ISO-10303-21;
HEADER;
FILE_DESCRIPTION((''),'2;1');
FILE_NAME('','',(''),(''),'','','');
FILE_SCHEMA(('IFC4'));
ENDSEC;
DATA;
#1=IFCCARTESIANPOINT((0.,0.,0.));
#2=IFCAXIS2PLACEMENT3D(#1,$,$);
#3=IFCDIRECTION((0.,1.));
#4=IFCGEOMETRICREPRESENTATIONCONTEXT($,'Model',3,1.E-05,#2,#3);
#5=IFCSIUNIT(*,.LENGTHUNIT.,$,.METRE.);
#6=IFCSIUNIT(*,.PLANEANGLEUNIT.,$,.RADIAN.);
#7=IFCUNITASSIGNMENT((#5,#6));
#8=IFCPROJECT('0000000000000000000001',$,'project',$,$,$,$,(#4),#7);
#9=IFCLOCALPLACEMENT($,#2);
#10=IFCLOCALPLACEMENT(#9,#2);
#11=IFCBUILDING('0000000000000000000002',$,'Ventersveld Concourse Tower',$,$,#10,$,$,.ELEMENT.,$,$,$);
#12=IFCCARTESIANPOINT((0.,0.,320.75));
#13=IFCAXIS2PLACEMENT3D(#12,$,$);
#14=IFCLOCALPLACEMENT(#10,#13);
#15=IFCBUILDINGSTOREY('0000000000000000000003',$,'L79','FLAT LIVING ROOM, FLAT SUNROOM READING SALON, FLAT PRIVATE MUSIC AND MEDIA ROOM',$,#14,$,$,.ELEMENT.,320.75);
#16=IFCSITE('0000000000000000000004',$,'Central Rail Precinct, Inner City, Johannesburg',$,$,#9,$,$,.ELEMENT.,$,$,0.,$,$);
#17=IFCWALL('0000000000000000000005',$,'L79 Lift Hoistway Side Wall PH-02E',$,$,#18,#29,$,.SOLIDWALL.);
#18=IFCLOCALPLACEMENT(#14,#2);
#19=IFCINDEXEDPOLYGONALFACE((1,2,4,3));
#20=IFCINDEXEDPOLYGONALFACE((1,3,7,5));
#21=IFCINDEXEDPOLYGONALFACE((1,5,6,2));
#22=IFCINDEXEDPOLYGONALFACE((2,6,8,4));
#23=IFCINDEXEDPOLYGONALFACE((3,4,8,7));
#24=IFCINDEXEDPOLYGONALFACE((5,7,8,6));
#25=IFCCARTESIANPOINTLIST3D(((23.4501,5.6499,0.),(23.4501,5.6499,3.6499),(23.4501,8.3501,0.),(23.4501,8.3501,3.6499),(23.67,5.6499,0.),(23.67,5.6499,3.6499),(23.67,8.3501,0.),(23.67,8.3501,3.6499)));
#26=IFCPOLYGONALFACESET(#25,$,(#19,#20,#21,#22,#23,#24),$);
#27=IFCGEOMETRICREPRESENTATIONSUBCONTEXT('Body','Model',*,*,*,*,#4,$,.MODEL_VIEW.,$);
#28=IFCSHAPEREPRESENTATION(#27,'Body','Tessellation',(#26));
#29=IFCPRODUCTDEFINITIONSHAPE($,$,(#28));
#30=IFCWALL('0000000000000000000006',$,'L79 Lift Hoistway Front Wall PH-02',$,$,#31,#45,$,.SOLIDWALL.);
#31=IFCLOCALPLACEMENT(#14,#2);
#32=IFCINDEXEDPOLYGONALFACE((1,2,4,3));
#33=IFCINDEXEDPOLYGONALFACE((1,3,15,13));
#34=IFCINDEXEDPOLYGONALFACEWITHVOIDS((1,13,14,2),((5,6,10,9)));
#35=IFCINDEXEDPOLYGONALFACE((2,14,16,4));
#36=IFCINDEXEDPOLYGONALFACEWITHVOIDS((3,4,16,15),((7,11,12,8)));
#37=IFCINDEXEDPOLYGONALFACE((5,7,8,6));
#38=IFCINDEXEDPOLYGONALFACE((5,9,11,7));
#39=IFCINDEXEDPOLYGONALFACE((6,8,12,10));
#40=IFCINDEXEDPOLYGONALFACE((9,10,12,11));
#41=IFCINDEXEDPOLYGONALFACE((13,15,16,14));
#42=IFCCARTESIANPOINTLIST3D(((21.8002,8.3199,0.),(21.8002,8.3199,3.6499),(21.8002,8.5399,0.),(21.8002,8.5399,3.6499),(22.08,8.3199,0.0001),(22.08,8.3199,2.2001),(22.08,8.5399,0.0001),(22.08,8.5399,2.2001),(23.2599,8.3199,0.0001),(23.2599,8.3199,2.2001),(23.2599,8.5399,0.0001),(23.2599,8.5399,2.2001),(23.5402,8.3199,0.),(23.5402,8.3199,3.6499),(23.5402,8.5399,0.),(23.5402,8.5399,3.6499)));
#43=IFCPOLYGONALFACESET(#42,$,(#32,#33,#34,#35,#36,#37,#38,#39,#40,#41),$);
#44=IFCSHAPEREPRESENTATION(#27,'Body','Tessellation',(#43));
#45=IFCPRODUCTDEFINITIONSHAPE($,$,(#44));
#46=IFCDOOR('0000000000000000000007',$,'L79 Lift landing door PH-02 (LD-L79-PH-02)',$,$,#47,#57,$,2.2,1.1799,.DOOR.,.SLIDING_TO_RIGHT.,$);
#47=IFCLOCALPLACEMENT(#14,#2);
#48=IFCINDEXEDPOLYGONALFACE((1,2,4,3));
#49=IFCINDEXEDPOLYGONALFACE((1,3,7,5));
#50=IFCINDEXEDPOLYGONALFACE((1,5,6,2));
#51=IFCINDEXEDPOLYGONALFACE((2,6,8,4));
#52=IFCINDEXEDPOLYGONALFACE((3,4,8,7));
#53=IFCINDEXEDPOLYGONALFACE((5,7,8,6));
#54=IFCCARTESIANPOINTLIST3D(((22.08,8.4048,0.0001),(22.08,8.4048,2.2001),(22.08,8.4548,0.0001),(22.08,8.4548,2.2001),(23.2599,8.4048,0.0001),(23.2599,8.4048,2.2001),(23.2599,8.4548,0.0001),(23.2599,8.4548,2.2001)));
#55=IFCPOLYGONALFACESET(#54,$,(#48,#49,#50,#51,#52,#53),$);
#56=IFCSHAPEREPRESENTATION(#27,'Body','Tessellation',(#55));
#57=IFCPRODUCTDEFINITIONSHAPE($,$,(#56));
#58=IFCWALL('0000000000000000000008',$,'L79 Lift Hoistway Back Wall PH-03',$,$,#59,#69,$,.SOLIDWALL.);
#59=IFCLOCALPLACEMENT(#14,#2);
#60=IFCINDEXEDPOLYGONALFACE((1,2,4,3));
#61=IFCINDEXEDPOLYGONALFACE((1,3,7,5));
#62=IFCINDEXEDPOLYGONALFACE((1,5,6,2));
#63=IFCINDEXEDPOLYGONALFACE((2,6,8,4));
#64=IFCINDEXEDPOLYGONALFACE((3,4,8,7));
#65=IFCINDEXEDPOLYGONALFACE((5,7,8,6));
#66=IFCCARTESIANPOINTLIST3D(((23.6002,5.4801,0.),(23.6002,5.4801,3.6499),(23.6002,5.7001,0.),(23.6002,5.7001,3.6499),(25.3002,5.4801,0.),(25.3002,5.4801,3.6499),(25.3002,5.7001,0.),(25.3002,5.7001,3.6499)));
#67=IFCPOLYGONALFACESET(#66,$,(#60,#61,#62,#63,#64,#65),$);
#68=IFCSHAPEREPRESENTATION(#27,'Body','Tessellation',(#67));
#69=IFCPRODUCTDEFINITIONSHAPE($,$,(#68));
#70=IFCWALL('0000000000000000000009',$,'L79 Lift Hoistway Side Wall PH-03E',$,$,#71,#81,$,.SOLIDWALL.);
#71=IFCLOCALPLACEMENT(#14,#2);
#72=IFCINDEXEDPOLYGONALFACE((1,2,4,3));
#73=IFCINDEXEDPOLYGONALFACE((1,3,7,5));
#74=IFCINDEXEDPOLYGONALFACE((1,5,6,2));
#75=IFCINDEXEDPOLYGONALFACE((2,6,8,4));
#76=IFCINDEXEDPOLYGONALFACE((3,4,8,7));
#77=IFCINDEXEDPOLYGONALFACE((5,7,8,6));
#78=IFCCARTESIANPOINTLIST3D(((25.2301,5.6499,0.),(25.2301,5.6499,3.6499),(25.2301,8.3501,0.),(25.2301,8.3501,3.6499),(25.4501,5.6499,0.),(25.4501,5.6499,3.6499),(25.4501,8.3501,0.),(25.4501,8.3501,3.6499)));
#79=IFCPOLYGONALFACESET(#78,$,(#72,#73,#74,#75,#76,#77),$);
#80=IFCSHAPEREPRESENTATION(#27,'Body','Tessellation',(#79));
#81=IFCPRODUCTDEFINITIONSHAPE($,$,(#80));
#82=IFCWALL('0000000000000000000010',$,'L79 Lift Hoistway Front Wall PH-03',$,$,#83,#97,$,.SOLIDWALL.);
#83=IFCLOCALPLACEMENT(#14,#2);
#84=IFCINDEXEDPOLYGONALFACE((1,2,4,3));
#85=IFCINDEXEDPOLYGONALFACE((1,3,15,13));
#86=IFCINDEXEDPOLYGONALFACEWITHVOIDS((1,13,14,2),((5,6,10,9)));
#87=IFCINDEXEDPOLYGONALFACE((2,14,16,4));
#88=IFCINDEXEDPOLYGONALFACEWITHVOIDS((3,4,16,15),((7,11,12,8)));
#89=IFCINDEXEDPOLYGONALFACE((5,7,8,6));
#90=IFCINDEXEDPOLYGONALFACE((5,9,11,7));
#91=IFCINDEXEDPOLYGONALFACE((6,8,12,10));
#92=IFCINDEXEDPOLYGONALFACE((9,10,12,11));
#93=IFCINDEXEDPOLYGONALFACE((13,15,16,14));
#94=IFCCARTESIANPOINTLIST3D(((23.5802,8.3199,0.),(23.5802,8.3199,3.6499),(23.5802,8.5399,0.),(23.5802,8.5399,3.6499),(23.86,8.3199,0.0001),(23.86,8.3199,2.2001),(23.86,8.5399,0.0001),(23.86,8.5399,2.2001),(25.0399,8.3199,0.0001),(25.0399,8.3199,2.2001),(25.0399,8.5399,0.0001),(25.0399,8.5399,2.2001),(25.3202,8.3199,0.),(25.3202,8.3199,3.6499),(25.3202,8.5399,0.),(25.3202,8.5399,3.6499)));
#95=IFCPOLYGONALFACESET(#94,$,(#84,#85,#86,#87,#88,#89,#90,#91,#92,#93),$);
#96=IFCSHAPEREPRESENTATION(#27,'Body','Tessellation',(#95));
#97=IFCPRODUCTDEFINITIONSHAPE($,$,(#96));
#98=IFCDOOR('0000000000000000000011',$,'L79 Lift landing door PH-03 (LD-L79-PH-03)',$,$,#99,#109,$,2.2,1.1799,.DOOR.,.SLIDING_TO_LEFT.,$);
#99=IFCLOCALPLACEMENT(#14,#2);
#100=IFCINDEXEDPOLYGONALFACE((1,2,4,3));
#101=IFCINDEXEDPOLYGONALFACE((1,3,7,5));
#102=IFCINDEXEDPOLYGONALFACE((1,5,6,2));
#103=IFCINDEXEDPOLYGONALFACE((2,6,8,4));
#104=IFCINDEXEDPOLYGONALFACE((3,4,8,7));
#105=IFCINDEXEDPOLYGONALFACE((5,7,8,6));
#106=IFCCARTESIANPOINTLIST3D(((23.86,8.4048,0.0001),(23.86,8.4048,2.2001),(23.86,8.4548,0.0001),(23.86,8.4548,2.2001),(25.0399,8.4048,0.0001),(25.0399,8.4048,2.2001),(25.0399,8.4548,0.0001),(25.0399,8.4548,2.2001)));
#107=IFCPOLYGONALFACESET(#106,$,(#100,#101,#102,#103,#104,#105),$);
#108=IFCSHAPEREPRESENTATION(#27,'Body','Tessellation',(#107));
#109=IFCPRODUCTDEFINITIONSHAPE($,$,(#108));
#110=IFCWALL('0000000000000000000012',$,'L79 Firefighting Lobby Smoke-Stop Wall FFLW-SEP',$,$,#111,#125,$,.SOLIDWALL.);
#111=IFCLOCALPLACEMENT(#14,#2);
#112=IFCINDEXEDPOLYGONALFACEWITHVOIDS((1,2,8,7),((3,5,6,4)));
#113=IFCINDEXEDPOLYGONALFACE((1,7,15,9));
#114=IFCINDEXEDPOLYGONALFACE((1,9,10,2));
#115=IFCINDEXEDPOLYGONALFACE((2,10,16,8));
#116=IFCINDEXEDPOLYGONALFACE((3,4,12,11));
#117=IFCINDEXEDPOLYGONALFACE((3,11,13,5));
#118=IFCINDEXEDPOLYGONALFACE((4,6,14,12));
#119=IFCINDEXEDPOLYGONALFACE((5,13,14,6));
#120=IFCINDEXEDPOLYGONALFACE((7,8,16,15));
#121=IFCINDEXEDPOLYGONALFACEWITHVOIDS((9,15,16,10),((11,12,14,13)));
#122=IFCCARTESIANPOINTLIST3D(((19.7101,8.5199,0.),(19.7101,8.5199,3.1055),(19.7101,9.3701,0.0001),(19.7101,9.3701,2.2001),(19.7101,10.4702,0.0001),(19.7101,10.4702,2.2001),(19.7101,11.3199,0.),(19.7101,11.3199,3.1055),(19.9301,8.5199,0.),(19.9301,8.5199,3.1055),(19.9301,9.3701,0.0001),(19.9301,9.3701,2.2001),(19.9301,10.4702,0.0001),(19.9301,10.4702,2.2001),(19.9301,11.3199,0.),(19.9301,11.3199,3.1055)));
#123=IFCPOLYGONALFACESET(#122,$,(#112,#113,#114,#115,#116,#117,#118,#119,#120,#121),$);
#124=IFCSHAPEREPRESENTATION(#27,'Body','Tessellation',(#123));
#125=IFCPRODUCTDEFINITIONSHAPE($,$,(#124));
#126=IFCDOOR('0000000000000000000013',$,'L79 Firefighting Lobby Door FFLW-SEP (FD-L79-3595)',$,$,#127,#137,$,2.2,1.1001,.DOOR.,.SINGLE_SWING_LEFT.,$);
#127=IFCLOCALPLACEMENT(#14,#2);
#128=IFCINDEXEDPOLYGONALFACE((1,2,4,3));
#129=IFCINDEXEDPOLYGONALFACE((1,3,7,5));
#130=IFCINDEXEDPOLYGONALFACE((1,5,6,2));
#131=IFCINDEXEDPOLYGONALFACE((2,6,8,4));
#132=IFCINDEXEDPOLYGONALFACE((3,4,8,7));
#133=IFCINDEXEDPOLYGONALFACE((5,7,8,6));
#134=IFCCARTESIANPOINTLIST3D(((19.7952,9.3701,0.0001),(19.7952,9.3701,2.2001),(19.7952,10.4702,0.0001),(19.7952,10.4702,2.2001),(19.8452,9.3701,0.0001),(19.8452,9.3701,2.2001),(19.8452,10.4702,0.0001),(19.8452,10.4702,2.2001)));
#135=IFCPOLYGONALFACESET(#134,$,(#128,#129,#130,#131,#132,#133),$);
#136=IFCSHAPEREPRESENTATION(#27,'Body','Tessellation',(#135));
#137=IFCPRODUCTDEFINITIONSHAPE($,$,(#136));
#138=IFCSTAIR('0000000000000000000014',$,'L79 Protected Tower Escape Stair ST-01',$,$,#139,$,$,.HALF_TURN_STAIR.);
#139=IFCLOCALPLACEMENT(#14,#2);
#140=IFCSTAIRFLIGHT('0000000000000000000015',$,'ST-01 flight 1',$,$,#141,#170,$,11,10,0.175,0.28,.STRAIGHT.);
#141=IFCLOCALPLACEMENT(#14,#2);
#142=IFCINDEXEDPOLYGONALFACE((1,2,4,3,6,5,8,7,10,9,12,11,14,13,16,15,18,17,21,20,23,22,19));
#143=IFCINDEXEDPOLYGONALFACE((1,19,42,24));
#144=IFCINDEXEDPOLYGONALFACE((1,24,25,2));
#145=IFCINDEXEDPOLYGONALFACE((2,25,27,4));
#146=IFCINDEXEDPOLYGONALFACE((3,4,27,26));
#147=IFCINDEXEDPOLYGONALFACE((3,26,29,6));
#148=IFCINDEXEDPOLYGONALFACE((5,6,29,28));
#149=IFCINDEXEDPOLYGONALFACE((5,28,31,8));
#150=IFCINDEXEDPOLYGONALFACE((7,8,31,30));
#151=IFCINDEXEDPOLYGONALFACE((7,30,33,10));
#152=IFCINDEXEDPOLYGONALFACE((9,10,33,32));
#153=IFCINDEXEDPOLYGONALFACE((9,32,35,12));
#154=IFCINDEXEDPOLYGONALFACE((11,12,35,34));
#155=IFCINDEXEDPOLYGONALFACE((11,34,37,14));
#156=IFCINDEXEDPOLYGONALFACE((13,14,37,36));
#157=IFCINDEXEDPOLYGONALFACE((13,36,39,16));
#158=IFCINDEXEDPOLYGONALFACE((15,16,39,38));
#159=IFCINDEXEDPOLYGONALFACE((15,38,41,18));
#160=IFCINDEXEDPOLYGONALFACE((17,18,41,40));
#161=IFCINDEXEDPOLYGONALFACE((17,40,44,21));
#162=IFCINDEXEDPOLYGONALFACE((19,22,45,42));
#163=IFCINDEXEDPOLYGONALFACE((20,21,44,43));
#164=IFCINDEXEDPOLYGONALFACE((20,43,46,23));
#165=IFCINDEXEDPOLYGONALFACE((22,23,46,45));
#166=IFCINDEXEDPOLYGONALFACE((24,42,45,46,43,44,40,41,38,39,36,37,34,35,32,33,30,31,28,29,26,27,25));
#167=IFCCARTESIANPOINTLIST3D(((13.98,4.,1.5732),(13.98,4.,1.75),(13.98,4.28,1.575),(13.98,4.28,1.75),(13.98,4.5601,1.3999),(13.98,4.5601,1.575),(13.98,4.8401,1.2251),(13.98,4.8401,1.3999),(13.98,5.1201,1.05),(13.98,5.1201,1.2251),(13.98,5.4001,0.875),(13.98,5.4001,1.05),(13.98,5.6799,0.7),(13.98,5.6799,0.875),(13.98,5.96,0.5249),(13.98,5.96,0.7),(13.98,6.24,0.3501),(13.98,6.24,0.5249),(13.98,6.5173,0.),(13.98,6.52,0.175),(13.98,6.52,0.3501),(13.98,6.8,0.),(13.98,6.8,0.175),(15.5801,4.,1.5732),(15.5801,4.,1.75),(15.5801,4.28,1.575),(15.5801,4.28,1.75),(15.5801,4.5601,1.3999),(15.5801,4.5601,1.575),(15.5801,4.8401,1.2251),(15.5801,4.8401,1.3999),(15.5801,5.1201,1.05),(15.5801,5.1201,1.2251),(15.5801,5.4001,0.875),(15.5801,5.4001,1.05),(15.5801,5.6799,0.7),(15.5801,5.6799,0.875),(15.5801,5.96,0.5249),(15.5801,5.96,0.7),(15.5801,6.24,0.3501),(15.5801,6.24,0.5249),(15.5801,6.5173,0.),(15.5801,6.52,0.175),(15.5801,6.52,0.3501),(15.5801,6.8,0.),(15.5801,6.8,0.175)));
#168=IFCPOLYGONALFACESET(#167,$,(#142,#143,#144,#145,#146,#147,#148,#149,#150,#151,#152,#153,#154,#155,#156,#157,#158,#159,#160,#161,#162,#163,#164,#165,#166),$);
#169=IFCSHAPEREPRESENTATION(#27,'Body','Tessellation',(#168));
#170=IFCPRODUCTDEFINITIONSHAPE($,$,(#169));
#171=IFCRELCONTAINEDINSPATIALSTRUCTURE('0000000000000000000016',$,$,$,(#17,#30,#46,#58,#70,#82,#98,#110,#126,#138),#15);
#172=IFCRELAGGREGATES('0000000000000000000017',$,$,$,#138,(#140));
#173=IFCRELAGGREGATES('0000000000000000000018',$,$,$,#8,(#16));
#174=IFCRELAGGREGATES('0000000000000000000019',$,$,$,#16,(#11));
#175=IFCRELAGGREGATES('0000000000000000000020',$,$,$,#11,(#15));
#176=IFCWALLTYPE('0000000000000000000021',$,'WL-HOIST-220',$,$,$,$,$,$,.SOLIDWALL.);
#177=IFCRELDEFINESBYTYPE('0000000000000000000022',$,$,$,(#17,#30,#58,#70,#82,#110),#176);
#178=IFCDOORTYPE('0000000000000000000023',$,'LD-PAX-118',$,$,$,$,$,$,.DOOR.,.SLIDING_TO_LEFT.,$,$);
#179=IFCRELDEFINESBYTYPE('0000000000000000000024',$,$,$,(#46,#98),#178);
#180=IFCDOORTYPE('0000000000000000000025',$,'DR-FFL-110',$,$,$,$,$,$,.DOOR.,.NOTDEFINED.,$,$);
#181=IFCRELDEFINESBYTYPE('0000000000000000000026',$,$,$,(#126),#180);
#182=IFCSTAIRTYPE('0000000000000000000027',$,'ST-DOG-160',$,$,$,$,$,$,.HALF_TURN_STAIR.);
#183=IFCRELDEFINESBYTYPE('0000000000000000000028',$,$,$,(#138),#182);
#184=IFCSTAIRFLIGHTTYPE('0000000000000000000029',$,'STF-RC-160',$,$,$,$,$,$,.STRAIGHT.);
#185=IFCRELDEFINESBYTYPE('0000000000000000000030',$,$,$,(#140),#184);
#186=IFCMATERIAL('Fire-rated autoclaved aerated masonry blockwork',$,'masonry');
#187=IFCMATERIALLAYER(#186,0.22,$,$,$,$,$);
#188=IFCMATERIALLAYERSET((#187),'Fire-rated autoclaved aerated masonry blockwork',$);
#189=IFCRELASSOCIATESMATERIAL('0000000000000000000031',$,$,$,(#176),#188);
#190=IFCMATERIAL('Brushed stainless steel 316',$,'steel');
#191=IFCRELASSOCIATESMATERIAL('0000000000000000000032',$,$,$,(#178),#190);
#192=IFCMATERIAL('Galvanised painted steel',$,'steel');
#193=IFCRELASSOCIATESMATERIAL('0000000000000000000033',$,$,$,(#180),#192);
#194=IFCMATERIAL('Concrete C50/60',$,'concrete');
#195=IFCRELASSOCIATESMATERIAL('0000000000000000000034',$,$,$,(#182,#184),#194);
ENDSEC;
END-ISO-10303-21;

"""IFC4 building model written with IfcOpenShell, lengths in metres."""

from ifc_helpers import new_model, si_unit, direction, frame, frame_2d, origin, place, context, subcontext, project, spatial, polyline, rectangle, outline, extrude, material, layer, layer_set, type_object, element, fill, aggregate, save


model = new_model("IFC4")

# Units and contexts
model_context = context("Model", 3, precision=1e-05, world=origin(), true_north=direction((0.0, 1.0)))
body_context = subcontext(model_context, "Body", "Model", "MODEL_VIEW")
ifc_project = project(units=[si_unit("LENGTHUNIT", "METRE"), si_unit("PLANEANGLEUNIT", "RADIAN")], contexts=[model_context])

# Site, building, storey
site_placement = place(None, origin())
site = spatial("IfcSite", under=ifc_project, at=site_placement, Name="Central Rail Precinct, Inner City, Johannesburg", CompositionType="ELEMENT", RefElevation=0.0)
building_placement = place(site_placement, origin())
building = spatial("IfcBuilding", under=site, at=building_placement, Name="Ventersveld Concourse Tower", CompositionType="ELEMENT")
storey_placement = place(building_placement, frame((0.0, 0.0, 320.75)))
storey = spatial("IfcBuildingStorey", under=building, at=storey_placement, Name="L79", Description="FLAT LIVING ROOM, FLAT SUNROOM READING SALON, FLAT PRIVATE MUSIC AND MEDIA ROOM", CompositionType="ELEMENT", Elevation=320.75)

# Shared definitions
ifc_material_1 = material(Name="Concrete C50/60", Category="concrete")

# Shared definitions
ifc_material_2 = material(Name="Fire-rated autoclaved aerated masonry blockwork", Category="masonry")
ifc_material_3 = material(Name="Galvanised painted steel", Category="steel")

# Shared definitions
ifc_layer_1 = layer(ifc_material_2, 0.22)
ifc_layer_set_1 = layer_set([ifc_layer_1], Name="Fire-rated autoclaved aerated masonry blockwork")
wall_type_1 = type_object("IfcWallType", Name="WL-HOIST-220", PredefinedType="SOLIDWALL", material=ifc_layer_set_1)

# Shared definitions
ifc_material_4 = material(Name="Brushed stainless steel 316", Category="steel")

# Shared definitions
door_type_1 = type_object("IfcDoorType", Name="LD-PAX-118", OperationType="SLIDING_TO_LEFT", PredefinedType="DOOR", material=ifc_material_4)

# Wall
wall_1_placement = place(storey_placement, frame((23.5601, 5.6499, 0.0), z_axis=(0.0, 0.0, 1.0), x_axis=(0.0, 1.0, 0.0)))
element("IfcWall", 1, at=wall_1_placement, inside=storey, type_object=wall_type_1, Name="L79 Lift Hoistway Side Wall PH-02E", PredefinedType="SOLIDWALL", context=body_context, shape_type="SweptSolid", body=[
    extrude(rectangle(XDim=2.7002, YDim=0.22, at=frame_2d((1.3501, 0.0))), origin(), (0.0, 0.0, 1.0), 3.6499),
])

# Wall, opening, door
wall_2_placement = place(storey_placement, frame((21.8, 8.4299, 0.0), z_axis=(0.0, 0.0, 1.0), x_axis=(1.0, 0.0, 0.0)))
wall_2 = element("IfcWall", 2, at=wall_2_placement, inside=storey, type_object=wall_type_1, Name="L79 Lift Hoistway Front Wall PH-02", PredefinedType="SOLIDWALL", context=body_context, shape_type="SweptSolid", body=[
    extrude(rectangle(XDim=1.74, YDim=0.22, at=frame_2d((0.8701, 0.0))), origin(), (0.0, 0.0, 1.0), 3.6499),
])
opening_1_placement = place(wall_2_placement, frame((0.28, 0.0, 0.0)))
opening_1 = element("IfcOpeningElement", 3, at=opening_1_placement, cuts=wall_2, PredefinedType="OPENING", context=body_context, shape_type="SweptSolid", body=[
    extrude(rectangle(XDim=1.1799, YDim=2.2, at=frame_2d((0.5898, 1.1001))), frame((0.0, 0.1201, 0.0), z_axis=(0.0, -1.0, 0.0), x_axis=(1.0, 0.0, 0.0)), (0.0, 0.0, 1.0), 0.24),
])
door_1_placement = place(opening_1_placement, origin())
door_1 = element("IfcDoor", 4, at=door_1_placement, inside=storey, type_object=door_type_1, Name="L79 Lift landing door PH-02 (LD-L79-PH-02)", OperationType="SLIDING_TO_RIGHT", OverallHeight=2.2, OverallWidth=1.1799, PredefinedType="DOOR", context=body_context, shape_type="SweptSolid", body=[
    extrude(rectangle(XDim=1.1799, YDim=2.2, at=frame_2d((0.5898, 1.1001))), frame((0.0, 0.0249, 0.0), z_axis=(0.0, -1.0, 0.0), x_axis=(1.0, 0.0, 0.0)), (0.0, 0.0, 1.0), 0.05),
])
fill(opening_1, door_1)

# Walls
wall_3_placement = place(storey_placement, frame((23.6001, 5.5901, 0.0), z_axis=(0.0, 0.0, 1.0), x_axis=(1.0, 0.0, 0.0)))
element("IfcWall", 5, at=wall_3_placement, inside=storey, type_object=wall_type_1, Name="L79 Lift Hoistway Back Wall PH-03", PredefinedType="SOLIDWALL", context=body_context, shape_type="SweptSolid", body=[
    extrude(rectangle(XDim=1.7, YDim=0.22, at=frame_2d((0.8501, 0.0))), origin(), (0.0, 0.0, 1.0), 3.6499),
])
wall_4_placement = place(storey_placement, frame((25.3401, 5.6499, 0.0), z_axis=(0.0, 0.0, 1.0), x_axis=(0.0, 1.0, 0.0)))
element("IfcWall", 6, at=wall_4_placement, inside=storey, type_object=wall_type_1, Name="L79 Lift Hoistway Side Wall PH-03E", PredefinedType="SOLIDWALL", context=body_context, shape_type="SweptSolid", body=[
    extrude(rectangle(XDim=2.7002, YDim=0.22, at=frame_2d((1.3501, 0.0))), origin(), (0.0, 0.0, 1.0), 3.6499),
])

# Walls, openings, doors
wall_5_placement = place(storey_placement, frame((23.5801, 8.4299, 0.0), z_axis=(0.0, 0.0, 1.0), x_axis=(1.0, 0.0, 0.0)))
wall_5 = element("IfcWall", 7, at=wall_5_placement, inside=storey, type_object=wall_type_1, Name="L79 Lift Hoistway Front Wall PH-03", PredefinedType="SOLIDWALL", context=body_context, shape_type="SweptSolid", body=[
    extrude(rectangle(XDim=1.74, YDim=0.22, at=frame_2d((0.8701, 0.0))), origin(), (0.0, 0.0, 1.0), 3.6499),
])
opening_2_placement = place(wall_5_placement, frame((0.28, 0.0, 0.0)))
opening_2 = element("IfcOpeningElement", 8, at=opening_2_placement, cuts=wall_5, PredefinedType="OPENING", context=body_context, shape_type="SweptSolid", body=[
    extrude(rectangle(XDim=1.1799, YDim=2.2, at=frame_2d((0.5898, 1.1001))), frame((0.0, 0.1201, 0.0), z_axis=(0.0, -1.0, 0.0), x_axis=(1.0, 0.0, 0.0)), (0.0, 0.0, 1.0), 0.24),
])
door_2_placement = place(opening_2_placement, origin())
door_2 = element("IfcDoor", 9, at=door_2_placement, inside=storey, type_object=door_type_1, Name="L79 Lift landing door PH-03 (LD-L79-PH-03)", OperationType="SLIDING_TO_LEFT", OverallHeight=2.2, OverallWidth=1.1799, PredefinedType="DOOR", context=body_context, shape_type="SweptSolid", body=[
    extrude(rectangle(XDim=1.1799, YDim=2.2, at=frame_2d((0.5898, 1.1001))), frame((0.0, 0.0249, 0.0), z_axis=(0.0, -1.0, 0.0), x_axis=(1.0, 0.0, 0.0)), (0.0, 0.0, 1.0), 0.05),
])
fill(opening_2, door_2)
wall_6_placement = place(storey_placement, frame((19.8201, 8.52, 0.0), z_axis=(0.0, 0.0, 1.0), x_axis=(0.0, 1.0, 0.0)))
wall_6 = element("IfcWall", 10, at=wall_6_placement, inside=storey, type_object=wall_type_1, Name="L79 Firefighting Lobby Smoke-Stop Wall FFLW-SEP", PredefinedType="SOLIDWALL", context=body_context, shape_type="SweptSolid", body=[
    extrude(rectangle(XDim=2.8, YDim=0.22, at=frame_2d((1.3999, 0.0))), origin(), (0.0, 0.0, 1.0), 3.1055),
])
opening_3_placement = place(wall_6_placement, frame((0.8501, 0.0, 0.0)))
opening_3 = element("IfcOpeningElement", 11, at=opening_3_placement, cuts=wall_6, PredefinedType="OPENING", context=body_context, shape_type="SweptSolid", body=[
    extrude(rectangle(XDim=1.1001, YDim=2.2, at=frame_2d((0.55, 1.1001))), frame((0.0, 0.1201, 0.0), z_axis=(0.0, -1.0, 0.0), x_axis=(1.0, 0.0, 0.0)), (0.0, 0.0, 1.0), 0.24),
])
door_type_2 = type_object("IfcDoorType", Name="DR-FFL-110", OperationType="NOTDEFINED", PredefinedType="DOOR", material=ifc_material_3)
door_3_placement = place(opening_3_placement, origin())
door_3 = element("IfcDoor", 12, at=door_3_placement, inside=storey, type_object=door_type_2, Name="L79 Firefighting Lobby Door FFLW-SEP (FD-L79-3595)", OperationType="SINGLE_SWING_LEFT", OverallHeight=2.2, OverallWidth=1.1001, PredefinedType="DOOR", context=body_context, shape_type="SweptSolid", body=[
    extrude(rectangle(XDim=1.1001, YDim=2.2, at=frame_2d((0.55, 1.1001))), frame((0.0, 0.0249, 0.0), z_axis=(0.0, -1.0, 0.0), x_axis=(1.0, 0.0, 0.0)), (0.0, 0.0, 1.0), 0.05),
])
fill(opening_3, door_3)

# Stair, stair flight
stair_type = type_object("IfcStairType", Name="ST-DOG-160", PredefinedType="HALF_TURN_STAIR", material=ifc_material_1)
stair_placement = place(storey_placement, origin())
stair = element("IfcStair", 13, at=stair_placement, inside=storey, type_object=stair_type, Name="L79 Protected Tower Escape Stair ST-01", PredefinedType="HALF_TURN_STAIR")
stair_flight_type = type_object("IfcStairFlightType", Name="STF-RC-160", PredefinedType="STRAIGHT", material=ifc_material_1)
stair_flight_1_placement = place(storey_placement, frame((14.78, 6.8, 0.0), z_axis=(0.0, 0.0, 1.0), x_axis=(0.0, -1.0, 0.0)))
stair_flight_1 = element("IfcStairFlight", 14, at=stair_flight_1_placement, type_object=stair_flight_type, Name="ST-01 flight 1", NumberOfRisers=11, NumberOfTreads=10, PredefinedType="STRAIGHT", RiserHeight=0.175, TreadLength=0.28, context=body_context, shape_type="SweptSolid", body=[
    extrude(outline(polyline([(0.0, 0.0), (0.0, 0.175), (0.28, 0.175), (0.28, 0.3501), (0.5601, 0.3501), (0.5601, 0.5249), (0.8401, 0.5249), (0.8401, 0.7), (1.1201, 0.7), (1.1201, 0.875), (1.3999, 0.875), (1.3999, 1.05), (1.6799, 1.05), (1.6799, 1.2251), (1.96, 1.2251), (1.96, 1.3999), (2.24, 1.3999), (2.24, 1.575), (2.52, 1.575), (2.52, 1.75), (2.8, 1.75), (2.8, 1.925), (2.8, 1.5732), (0.2827, 0.0), (0.0, 0.0)])), frame((0.0, 0.8, 0.0), z_axis=(0.0, -1.0, 0.0), x_axis=(1.0, 0.0, 0.0)), (0.0, 0.0, 1.0), 1.6001),
])
aggregate(stair, [stair_flight_1])

save(model, "model.ifc")
